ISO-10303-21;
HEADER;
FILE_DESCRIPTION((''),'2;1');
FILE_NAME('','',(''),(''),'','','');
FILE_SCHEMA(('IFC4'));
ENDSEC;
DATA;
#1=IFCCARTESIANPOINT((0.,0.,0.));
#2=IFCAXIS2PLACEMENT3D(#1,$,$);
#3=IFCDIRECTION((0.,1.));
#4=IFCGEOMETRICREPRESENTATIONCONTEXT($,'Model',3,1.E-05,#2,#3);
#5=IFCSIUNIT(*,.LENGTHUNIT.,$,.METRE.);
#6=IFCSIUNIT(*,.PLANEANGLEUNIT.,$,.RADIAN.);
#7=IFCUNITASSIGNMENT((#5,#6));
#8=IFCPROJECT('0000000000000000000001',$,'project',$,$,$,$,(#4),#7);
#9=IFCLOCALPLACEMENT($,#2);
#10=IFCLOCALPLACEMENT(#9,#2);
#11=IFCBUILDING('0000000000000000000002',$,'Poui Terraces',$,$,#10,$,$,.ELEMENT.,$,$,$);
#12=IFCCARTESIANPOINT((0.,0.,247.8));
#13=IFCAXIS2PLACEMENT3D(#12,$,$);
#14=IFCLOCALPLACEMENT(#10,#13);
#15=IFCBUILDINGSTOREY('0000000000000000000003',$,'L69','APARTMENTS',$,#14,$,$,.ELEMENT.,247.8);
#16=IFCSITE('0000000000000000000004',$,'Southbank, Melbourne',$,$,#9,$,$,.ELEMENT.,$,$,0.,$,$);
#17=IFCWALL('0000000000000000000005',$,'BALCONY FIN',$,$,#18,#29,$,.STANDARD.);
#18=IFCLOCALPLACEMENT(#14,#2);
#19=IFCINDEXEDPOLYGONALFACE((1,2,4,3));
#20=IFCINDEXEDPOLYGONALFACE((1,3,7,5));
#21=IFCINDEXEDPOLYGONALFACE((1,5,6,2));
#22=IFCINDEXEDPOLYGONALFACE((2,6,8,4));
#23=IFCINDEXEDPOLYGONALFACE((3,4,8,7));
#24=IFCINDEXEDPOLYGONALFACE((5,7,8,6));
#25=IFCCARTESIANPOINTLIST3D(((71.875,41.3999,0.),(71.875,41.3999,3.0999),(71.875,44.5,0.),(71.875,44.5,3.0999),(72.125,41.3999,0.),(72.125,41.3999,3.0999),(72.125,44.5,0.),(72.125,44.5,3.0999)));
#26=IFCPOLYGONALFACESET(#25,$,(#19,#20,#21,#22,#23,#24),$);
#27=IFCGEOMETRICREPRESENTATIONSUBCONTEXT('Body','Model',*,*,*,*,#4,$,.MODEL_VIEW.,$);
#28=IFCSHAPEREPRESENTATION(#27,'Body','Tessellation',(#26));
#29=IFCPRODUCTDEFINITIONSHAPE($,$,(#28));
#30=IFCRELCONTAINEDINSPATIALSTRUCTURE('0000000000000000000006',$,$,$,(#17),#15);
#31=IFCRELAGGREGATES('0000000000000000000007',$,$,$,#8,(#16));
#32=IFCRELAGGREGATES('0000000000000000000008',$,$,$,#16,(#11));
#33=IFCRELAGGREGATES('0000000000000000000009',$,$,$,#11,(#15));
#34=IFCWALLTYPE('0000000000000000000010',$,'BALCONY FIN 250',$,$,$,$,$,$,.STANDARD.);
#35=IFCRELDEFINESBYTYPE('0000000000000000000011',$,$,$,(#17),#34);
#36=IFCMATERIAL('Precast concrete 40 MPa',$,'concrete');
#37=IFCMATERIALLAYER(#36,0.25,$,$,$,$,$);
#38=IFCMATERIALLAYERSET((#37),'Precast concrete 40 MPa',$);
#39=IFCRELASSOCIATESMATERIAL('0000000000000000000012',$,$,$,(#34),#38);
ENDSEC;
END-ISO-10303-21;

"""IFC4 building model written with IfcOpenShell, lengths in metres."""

from ifc_helpers import new_model, si_unit, direction, frame, origin, place, context, subcontext, project, spatial, polyline, outline, extrude, source, transform, mapped, material, layer, layer_set, type_object, element, save


model = new_model("IFC4")

# Units and contexts
model_context = context("Model", 3, precision=1e-05, world=origin(), true_north=direction((0.0, 1.0)))
body_context = subcontext(model_context, "Body", "Model", "MODEL_VIEW")
ifc_project = project(units=[si_unit("LENGTHUNIT", "METRE"), si_unit("PLANEANGLEUNIT", "RADIAN")], contexts=[model_context])

# Site, building, storey
site_placement = place(None, origin())
site = spatial("IfcSite", under=ifc_project, at=site_placement, Name="Southbank, Melbourne", CompositionType="ELEMENT", RefElevation=0.0)
building_placement = place(site_placement, origin())
building = spatial("IfcBuilding", under=site, at=building_placement, Name="Poui Terraces", CompositionType="ELEMENT")
storey_placement = place(building_placement, frame((0.0, 0.0, 247.8)))
storey = spatial("IfcBuildingStorey", under=building, at=storey_placement, Name="L69", Description="APARTMENTS", CompositionType="ELEMENT", Elevation=247.8)

# Wall
ifc_material_1 = material(Name="Precast concrete 40 MPa", Category="concrete")
ifc_layer = layer(ifc_material_1, 0.25)
ifc_layer_set = layer_set([ifc_layer], Name="Precast concrete 40 MPa")
wall_type = type_object("IfcWallType", Name="BALCONY FIN 250", PredefinedType="STANDARD", material=ifc_layer_set)
shared_shape = source(origin(), body_context, "Body", "SweptSolid", [
    extrude(outline(polyline([(0.0, 0.0), (0.25, 0.0), (0.25, 3.1001), (0.0, 3.1001), (0.0, 0.0)])), origin(), (0.0, 0.0, 1.0), 3.0999),
])
wall_placement = place(storey_placement, frame((71.875, 41.3999, 0.0)))
element("IfcWall", 1, at=wall_placement, inside=storey, type_object=wall_type, Name="BALCONY FIN", PredefinedType="STANDARD", context=body_context, shape_type="MappedRepresentation", body=[
    mapped(shared_shape, transform((0.0, 0.0, 0.0))),
])

save(model, "model.ifc")
